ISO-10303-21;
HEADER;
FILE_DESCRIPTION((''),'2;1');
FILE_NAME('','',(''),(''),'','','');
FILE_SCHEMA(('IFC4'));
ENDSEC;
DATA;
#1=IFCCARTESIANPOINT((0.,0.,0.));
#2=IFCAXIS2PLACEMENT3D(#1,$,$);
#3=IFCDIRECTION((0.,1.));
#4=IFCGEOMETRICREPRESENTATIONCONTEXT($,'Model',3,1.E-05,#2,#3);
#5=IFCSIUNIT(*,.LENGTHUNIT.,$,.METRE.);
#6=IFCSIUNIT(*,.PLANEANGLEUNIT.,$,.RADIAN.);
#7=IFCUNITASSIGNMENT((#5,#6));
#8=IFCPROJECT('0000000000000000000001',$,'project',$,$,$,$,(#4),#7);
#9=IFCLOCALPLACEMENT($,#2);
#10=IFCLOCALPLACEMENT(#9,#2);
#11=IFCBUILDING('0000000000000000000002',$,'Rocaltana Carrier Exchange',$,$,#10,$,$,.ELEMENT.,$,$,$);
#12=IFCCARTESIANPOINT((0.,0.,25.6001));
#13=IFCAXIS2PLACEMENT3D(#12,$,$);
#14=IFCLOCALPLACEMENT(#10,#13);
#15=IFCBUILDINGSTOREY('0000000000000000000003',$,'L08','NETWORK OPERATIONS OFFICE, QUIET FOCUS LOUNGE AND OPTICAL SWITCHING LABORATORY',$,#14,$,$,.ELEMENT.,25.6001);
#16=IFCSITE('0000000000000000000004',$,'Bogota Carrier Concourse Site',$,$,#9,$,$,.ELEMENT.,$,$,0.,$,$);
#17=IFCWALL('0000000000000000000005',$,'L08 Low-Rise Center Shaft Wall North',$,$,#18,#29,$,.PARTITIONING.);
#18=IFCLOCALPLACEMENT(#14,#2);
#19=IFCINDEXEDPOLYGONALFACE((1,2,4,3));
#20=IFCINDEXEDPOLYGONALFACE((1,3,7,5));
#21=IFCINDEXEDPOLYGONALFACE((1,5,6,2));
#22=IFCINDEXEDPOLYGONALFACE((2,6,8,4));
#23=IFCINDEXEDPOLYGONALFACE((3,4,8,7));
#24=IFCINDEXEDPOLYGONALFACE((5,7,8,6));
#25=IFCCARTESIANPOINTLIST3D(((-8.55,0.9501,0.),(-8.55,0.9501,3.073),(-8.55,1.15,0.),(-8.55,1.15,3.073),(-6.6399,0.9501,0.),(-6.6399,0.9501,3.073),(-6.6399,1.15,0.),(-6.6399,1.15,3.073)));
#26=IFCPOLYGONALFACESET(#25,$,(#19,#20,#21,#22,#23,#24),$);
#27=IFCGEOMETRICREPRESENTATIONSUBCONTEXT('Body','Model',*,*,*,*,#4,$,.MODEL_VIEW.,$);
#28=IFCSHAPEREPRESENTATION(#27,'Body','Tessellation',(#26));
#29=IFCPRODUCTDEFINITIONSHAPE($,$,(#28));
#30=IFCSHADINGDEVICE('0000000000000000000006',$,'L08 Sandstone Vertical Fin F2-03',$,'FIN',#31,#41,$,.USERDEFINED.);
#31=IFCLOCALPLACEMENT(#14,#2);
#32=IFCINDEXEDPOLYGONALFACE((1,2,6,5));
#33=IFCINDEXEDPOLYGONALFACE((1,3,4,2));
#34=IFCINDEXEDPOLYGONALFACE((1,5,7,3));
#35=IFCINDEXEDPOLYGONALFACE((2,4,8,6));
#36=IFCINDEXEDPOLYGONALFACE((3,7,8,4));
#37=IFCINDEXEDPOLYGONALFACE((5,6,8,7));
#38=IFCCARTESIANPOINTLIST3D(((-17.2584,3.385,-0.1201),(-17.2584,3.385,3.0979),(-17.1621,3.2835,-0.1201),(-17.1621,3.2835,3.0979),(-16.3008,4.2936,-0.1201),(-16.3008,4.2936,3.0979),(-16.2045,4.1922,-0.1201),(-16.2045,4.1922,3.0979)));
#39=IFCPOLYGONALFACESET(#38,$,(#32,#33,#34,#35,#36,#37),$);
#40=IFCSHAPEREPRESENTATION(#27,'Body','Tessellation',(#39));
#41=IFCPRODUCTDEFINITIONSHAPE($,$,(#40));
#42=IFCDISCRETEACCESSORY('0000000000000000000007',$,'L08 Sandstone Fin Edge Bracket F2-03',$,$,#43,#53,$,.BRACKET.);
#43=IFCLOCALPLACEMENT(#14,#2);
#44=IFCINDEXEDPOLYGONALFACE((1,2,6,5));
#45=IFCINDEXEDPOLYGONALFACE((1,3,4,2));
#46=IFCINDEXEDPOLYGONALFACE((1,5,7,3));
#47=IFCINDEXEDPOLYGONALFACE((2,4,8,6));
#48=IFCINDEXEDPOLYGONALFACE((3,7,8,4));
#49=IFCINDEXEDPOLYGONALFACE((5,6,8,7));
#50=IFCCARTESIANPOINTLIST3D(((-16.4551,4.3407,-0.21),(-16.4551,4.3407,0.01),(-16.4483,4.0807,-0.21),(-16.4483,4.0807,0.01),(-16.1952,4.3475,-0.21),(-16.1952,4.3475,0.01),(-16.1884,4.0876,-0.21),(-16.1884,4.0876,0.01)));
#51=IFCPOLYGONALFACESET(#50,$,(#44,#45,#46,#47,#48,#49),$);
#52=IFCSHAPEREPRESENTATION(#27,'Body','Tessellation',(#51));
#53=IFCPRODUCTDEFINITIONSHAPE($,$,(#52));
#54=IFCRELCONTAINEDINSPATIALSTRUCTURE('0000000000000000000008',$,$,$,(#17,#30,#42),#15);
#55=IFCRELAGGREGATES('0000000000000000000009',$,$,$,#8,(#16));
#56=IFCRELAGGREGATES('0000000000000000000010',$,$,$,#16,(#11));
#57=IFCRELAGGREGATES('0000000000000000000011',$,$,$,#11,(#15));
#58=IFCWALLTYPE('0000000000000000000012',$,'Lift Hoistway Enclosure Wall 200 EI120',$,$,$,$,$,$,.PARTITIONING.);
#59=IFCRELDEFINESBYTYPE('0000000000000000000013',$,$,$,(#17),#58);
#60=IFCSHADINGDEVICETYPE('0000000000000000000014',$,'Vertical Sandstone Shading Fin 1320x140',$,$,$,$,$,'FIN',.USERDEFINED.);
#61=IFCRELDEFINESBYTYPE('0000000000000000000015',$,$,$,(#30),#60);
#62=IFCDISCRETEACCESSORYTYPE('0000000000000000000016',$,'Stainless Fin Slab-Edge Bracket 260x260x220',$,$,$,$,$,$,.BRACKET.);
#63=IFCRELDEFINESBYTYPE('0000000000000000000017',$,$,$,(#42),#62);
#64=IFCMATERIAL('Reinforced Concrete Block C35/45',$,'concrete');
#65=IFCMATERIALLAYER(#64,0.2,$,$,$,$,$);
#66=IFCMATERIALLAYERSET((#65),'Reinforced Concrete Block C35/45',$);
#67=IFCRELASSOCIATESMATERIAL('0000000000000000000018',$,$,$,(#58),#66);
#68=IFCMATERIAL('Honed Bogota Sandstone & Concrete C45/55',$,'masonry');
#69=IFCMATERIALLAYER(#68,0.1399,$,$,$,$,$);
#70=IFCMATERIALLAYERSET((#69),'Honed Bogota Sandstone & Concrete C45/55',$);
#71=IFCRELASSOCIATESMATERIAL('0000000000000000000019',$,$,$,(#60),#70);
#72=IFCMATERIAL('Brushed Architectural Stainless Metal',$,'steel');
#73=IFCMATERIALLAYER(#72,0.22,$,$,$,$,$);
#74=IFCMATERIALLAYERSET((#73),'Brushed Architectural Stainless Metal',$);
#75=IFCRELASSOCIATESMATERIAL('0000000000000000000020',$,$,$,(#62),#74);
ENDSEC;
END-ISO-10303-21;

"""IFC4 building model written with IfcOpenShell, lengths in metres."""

from ifc_helpers import new_model, si_unit, direction, frame, frame_2d, origin, origin_2d, place, context, subcontext, project, spatial, rectangle, extrude, material, layer, layer_set, type_object, element, save


model = new_model("IFC4")

# Units and contexts
model_context = context("Model", 3, precision=1e-05, world=origin(), true_north=direction((0.0, 1.0)))
body_context = subcontext(model_context, "Body", "Model", "MODEL_VIEW")
ifc_project = project(units=[si_unit("LENGTHUNIT", "METRE"), si_unit("PLANEANGLEUNIT", "RADIAN")], contexts=[model_context])

# Site, building, storey
site_placement = place(None, origin())
site = spatial("IfcSite", under=ifc_project, at=site_placement, Name="Bogota Carrier Concourse Site", CompositionType="ELEMENT", RefElevation=0.0)
building_placement = place(site_placement, origin())
building = spatial("IfcBuilding", under=site, at=building_placement, Name="Rocaltana Carrier Exchange", CompositionType="ELEMENT")
storey_placement = place(building_placement, frame((0.0, 0.0, 25.6001)))
storey = spatial("IfcBuildingStorey", under=building, at=storey_placement, Name="L08", Description="NETWORK OPERATIONS OFFICE, QUIET FOCUS LOUNGE AND OPTICAL SWITCHING LABORATORY", CompositionType="ELEMENT", Elevation=25.6001)

# Wall
ifc_material_1 = material(Name="Reinforced Concrete Block C35/45", Category="concrete")
ifc_layer_1 = layer(ifc_material_1, 0.2)
ifc_layer_set_1 = layer_set([ifc_layer_1], Name="Reinforced Concrete Block C35/45")
wall_type_1 = type_object("IfcWallType", Name="Lift Hoistway Enclosure Wall 200 EI120", PredefinedType="PARTITIONING", material=ifc_layer_set_1)
wall_1_placement = place(storey_placement, frame((-8.55, 1.05, 0.0), z_axis=(0.0, 0.0, 1.0), x_axis=(1.0, 0.0, 0.0)))
element("IfcWall", 1, at=wall_1_placement, inside=storey, type_object=wall_type_1, Name="L08 Low-Rise Center Shaft Wall North", PredefinedType="PARTITIONING", context=body_context, shape_type="SweptSolid", body=[
    extrude(rectangle(XDim=1.9102, YDim=0.2, at=frame_2d((0.9551, 0.0))), origin(), (0.0, 0.0, 1.0), 3.073),
])

# Shading device
ifc_material_2 = material(Name="Honed Bogota Sandstone & Concrete C45/55", Category="masonry")
ifc_layer_2 = layer(ifc_material_2, 0.1399)
ifc_layer_set_2 = layer_set([ifc_layer_2], Name="Honed Bogota Sandstone & Concrete C45/55")
shading_device_type = type_object("IfcShadingDeviceType", Name="Vertical Sandstone Shading Fin 1320x140", ElementType="FIN", PredefinedType="USERDEFINED", material=ifc_layer_set_2)
shading_device_placement = place(storey_placement, frame((-16.7314, 3.7886, -0.1201), z_axis=(0.0, 0.0, 1.0), x_axis=(-0.725374, -0.688355, 0.0)))
element("IfcShadingDevice", 2, at=shading_device_placement, inside=storey, type_object=shading_device_type, Name="L08 Sandstone Vertical Fin F2-03", ObjectType="FIN", PredefinedType="USERDEFINED", context=body_context, shape_type="SweptSolid", body=[
    extrude(rectangle(XDim=1.3201, YDim=0.1399, at=origin_2d()), origin(), (0.0, 0.0, 1.0), 3.218),
])

# Discrete accessory
ifc_material_3 = material(Name="Brushed Architectural Stainless Metal", Category="steel")
ifc_layer_3 = layer(ifc_material_3, 0.22)
ifc_layer_set_3 = layer_set([ifc_layer_3], Name="Brushed Architectural Stainless Metal")
discrete_accessory_type = type_object("IfcDiscreteAccessoryType", Name="Stainless Fin Slab-Edge Bracket 260x260x220", PredefinedType="BRACKET", material=ifc_layer_set_3)
discrete_accessory_placement = place(storey_placement, frame((-16.3218, 4.2141, -0.21), z_axis=(0.0, 0.0, 1.0), x_axis=(0.026177, -0.999657, 0.0)))
element("IfcDiscreteAccessory", 3, at=discrete_accessory_placement, inside=storey, type_object=discrete_accessory_type, Name="L08 Sandstone Fin Edge Bracket F2-03", PredefinedType="BRACKET", context=body_context, shape_type="SweptSolid", body=[
    extrude(rectangle(XDim=0.26, YDim=0.26, at=origin_2d()), origin(), (0.0, 0.0, 1.0), 0.22),
])

save(model, "model.ifc")
